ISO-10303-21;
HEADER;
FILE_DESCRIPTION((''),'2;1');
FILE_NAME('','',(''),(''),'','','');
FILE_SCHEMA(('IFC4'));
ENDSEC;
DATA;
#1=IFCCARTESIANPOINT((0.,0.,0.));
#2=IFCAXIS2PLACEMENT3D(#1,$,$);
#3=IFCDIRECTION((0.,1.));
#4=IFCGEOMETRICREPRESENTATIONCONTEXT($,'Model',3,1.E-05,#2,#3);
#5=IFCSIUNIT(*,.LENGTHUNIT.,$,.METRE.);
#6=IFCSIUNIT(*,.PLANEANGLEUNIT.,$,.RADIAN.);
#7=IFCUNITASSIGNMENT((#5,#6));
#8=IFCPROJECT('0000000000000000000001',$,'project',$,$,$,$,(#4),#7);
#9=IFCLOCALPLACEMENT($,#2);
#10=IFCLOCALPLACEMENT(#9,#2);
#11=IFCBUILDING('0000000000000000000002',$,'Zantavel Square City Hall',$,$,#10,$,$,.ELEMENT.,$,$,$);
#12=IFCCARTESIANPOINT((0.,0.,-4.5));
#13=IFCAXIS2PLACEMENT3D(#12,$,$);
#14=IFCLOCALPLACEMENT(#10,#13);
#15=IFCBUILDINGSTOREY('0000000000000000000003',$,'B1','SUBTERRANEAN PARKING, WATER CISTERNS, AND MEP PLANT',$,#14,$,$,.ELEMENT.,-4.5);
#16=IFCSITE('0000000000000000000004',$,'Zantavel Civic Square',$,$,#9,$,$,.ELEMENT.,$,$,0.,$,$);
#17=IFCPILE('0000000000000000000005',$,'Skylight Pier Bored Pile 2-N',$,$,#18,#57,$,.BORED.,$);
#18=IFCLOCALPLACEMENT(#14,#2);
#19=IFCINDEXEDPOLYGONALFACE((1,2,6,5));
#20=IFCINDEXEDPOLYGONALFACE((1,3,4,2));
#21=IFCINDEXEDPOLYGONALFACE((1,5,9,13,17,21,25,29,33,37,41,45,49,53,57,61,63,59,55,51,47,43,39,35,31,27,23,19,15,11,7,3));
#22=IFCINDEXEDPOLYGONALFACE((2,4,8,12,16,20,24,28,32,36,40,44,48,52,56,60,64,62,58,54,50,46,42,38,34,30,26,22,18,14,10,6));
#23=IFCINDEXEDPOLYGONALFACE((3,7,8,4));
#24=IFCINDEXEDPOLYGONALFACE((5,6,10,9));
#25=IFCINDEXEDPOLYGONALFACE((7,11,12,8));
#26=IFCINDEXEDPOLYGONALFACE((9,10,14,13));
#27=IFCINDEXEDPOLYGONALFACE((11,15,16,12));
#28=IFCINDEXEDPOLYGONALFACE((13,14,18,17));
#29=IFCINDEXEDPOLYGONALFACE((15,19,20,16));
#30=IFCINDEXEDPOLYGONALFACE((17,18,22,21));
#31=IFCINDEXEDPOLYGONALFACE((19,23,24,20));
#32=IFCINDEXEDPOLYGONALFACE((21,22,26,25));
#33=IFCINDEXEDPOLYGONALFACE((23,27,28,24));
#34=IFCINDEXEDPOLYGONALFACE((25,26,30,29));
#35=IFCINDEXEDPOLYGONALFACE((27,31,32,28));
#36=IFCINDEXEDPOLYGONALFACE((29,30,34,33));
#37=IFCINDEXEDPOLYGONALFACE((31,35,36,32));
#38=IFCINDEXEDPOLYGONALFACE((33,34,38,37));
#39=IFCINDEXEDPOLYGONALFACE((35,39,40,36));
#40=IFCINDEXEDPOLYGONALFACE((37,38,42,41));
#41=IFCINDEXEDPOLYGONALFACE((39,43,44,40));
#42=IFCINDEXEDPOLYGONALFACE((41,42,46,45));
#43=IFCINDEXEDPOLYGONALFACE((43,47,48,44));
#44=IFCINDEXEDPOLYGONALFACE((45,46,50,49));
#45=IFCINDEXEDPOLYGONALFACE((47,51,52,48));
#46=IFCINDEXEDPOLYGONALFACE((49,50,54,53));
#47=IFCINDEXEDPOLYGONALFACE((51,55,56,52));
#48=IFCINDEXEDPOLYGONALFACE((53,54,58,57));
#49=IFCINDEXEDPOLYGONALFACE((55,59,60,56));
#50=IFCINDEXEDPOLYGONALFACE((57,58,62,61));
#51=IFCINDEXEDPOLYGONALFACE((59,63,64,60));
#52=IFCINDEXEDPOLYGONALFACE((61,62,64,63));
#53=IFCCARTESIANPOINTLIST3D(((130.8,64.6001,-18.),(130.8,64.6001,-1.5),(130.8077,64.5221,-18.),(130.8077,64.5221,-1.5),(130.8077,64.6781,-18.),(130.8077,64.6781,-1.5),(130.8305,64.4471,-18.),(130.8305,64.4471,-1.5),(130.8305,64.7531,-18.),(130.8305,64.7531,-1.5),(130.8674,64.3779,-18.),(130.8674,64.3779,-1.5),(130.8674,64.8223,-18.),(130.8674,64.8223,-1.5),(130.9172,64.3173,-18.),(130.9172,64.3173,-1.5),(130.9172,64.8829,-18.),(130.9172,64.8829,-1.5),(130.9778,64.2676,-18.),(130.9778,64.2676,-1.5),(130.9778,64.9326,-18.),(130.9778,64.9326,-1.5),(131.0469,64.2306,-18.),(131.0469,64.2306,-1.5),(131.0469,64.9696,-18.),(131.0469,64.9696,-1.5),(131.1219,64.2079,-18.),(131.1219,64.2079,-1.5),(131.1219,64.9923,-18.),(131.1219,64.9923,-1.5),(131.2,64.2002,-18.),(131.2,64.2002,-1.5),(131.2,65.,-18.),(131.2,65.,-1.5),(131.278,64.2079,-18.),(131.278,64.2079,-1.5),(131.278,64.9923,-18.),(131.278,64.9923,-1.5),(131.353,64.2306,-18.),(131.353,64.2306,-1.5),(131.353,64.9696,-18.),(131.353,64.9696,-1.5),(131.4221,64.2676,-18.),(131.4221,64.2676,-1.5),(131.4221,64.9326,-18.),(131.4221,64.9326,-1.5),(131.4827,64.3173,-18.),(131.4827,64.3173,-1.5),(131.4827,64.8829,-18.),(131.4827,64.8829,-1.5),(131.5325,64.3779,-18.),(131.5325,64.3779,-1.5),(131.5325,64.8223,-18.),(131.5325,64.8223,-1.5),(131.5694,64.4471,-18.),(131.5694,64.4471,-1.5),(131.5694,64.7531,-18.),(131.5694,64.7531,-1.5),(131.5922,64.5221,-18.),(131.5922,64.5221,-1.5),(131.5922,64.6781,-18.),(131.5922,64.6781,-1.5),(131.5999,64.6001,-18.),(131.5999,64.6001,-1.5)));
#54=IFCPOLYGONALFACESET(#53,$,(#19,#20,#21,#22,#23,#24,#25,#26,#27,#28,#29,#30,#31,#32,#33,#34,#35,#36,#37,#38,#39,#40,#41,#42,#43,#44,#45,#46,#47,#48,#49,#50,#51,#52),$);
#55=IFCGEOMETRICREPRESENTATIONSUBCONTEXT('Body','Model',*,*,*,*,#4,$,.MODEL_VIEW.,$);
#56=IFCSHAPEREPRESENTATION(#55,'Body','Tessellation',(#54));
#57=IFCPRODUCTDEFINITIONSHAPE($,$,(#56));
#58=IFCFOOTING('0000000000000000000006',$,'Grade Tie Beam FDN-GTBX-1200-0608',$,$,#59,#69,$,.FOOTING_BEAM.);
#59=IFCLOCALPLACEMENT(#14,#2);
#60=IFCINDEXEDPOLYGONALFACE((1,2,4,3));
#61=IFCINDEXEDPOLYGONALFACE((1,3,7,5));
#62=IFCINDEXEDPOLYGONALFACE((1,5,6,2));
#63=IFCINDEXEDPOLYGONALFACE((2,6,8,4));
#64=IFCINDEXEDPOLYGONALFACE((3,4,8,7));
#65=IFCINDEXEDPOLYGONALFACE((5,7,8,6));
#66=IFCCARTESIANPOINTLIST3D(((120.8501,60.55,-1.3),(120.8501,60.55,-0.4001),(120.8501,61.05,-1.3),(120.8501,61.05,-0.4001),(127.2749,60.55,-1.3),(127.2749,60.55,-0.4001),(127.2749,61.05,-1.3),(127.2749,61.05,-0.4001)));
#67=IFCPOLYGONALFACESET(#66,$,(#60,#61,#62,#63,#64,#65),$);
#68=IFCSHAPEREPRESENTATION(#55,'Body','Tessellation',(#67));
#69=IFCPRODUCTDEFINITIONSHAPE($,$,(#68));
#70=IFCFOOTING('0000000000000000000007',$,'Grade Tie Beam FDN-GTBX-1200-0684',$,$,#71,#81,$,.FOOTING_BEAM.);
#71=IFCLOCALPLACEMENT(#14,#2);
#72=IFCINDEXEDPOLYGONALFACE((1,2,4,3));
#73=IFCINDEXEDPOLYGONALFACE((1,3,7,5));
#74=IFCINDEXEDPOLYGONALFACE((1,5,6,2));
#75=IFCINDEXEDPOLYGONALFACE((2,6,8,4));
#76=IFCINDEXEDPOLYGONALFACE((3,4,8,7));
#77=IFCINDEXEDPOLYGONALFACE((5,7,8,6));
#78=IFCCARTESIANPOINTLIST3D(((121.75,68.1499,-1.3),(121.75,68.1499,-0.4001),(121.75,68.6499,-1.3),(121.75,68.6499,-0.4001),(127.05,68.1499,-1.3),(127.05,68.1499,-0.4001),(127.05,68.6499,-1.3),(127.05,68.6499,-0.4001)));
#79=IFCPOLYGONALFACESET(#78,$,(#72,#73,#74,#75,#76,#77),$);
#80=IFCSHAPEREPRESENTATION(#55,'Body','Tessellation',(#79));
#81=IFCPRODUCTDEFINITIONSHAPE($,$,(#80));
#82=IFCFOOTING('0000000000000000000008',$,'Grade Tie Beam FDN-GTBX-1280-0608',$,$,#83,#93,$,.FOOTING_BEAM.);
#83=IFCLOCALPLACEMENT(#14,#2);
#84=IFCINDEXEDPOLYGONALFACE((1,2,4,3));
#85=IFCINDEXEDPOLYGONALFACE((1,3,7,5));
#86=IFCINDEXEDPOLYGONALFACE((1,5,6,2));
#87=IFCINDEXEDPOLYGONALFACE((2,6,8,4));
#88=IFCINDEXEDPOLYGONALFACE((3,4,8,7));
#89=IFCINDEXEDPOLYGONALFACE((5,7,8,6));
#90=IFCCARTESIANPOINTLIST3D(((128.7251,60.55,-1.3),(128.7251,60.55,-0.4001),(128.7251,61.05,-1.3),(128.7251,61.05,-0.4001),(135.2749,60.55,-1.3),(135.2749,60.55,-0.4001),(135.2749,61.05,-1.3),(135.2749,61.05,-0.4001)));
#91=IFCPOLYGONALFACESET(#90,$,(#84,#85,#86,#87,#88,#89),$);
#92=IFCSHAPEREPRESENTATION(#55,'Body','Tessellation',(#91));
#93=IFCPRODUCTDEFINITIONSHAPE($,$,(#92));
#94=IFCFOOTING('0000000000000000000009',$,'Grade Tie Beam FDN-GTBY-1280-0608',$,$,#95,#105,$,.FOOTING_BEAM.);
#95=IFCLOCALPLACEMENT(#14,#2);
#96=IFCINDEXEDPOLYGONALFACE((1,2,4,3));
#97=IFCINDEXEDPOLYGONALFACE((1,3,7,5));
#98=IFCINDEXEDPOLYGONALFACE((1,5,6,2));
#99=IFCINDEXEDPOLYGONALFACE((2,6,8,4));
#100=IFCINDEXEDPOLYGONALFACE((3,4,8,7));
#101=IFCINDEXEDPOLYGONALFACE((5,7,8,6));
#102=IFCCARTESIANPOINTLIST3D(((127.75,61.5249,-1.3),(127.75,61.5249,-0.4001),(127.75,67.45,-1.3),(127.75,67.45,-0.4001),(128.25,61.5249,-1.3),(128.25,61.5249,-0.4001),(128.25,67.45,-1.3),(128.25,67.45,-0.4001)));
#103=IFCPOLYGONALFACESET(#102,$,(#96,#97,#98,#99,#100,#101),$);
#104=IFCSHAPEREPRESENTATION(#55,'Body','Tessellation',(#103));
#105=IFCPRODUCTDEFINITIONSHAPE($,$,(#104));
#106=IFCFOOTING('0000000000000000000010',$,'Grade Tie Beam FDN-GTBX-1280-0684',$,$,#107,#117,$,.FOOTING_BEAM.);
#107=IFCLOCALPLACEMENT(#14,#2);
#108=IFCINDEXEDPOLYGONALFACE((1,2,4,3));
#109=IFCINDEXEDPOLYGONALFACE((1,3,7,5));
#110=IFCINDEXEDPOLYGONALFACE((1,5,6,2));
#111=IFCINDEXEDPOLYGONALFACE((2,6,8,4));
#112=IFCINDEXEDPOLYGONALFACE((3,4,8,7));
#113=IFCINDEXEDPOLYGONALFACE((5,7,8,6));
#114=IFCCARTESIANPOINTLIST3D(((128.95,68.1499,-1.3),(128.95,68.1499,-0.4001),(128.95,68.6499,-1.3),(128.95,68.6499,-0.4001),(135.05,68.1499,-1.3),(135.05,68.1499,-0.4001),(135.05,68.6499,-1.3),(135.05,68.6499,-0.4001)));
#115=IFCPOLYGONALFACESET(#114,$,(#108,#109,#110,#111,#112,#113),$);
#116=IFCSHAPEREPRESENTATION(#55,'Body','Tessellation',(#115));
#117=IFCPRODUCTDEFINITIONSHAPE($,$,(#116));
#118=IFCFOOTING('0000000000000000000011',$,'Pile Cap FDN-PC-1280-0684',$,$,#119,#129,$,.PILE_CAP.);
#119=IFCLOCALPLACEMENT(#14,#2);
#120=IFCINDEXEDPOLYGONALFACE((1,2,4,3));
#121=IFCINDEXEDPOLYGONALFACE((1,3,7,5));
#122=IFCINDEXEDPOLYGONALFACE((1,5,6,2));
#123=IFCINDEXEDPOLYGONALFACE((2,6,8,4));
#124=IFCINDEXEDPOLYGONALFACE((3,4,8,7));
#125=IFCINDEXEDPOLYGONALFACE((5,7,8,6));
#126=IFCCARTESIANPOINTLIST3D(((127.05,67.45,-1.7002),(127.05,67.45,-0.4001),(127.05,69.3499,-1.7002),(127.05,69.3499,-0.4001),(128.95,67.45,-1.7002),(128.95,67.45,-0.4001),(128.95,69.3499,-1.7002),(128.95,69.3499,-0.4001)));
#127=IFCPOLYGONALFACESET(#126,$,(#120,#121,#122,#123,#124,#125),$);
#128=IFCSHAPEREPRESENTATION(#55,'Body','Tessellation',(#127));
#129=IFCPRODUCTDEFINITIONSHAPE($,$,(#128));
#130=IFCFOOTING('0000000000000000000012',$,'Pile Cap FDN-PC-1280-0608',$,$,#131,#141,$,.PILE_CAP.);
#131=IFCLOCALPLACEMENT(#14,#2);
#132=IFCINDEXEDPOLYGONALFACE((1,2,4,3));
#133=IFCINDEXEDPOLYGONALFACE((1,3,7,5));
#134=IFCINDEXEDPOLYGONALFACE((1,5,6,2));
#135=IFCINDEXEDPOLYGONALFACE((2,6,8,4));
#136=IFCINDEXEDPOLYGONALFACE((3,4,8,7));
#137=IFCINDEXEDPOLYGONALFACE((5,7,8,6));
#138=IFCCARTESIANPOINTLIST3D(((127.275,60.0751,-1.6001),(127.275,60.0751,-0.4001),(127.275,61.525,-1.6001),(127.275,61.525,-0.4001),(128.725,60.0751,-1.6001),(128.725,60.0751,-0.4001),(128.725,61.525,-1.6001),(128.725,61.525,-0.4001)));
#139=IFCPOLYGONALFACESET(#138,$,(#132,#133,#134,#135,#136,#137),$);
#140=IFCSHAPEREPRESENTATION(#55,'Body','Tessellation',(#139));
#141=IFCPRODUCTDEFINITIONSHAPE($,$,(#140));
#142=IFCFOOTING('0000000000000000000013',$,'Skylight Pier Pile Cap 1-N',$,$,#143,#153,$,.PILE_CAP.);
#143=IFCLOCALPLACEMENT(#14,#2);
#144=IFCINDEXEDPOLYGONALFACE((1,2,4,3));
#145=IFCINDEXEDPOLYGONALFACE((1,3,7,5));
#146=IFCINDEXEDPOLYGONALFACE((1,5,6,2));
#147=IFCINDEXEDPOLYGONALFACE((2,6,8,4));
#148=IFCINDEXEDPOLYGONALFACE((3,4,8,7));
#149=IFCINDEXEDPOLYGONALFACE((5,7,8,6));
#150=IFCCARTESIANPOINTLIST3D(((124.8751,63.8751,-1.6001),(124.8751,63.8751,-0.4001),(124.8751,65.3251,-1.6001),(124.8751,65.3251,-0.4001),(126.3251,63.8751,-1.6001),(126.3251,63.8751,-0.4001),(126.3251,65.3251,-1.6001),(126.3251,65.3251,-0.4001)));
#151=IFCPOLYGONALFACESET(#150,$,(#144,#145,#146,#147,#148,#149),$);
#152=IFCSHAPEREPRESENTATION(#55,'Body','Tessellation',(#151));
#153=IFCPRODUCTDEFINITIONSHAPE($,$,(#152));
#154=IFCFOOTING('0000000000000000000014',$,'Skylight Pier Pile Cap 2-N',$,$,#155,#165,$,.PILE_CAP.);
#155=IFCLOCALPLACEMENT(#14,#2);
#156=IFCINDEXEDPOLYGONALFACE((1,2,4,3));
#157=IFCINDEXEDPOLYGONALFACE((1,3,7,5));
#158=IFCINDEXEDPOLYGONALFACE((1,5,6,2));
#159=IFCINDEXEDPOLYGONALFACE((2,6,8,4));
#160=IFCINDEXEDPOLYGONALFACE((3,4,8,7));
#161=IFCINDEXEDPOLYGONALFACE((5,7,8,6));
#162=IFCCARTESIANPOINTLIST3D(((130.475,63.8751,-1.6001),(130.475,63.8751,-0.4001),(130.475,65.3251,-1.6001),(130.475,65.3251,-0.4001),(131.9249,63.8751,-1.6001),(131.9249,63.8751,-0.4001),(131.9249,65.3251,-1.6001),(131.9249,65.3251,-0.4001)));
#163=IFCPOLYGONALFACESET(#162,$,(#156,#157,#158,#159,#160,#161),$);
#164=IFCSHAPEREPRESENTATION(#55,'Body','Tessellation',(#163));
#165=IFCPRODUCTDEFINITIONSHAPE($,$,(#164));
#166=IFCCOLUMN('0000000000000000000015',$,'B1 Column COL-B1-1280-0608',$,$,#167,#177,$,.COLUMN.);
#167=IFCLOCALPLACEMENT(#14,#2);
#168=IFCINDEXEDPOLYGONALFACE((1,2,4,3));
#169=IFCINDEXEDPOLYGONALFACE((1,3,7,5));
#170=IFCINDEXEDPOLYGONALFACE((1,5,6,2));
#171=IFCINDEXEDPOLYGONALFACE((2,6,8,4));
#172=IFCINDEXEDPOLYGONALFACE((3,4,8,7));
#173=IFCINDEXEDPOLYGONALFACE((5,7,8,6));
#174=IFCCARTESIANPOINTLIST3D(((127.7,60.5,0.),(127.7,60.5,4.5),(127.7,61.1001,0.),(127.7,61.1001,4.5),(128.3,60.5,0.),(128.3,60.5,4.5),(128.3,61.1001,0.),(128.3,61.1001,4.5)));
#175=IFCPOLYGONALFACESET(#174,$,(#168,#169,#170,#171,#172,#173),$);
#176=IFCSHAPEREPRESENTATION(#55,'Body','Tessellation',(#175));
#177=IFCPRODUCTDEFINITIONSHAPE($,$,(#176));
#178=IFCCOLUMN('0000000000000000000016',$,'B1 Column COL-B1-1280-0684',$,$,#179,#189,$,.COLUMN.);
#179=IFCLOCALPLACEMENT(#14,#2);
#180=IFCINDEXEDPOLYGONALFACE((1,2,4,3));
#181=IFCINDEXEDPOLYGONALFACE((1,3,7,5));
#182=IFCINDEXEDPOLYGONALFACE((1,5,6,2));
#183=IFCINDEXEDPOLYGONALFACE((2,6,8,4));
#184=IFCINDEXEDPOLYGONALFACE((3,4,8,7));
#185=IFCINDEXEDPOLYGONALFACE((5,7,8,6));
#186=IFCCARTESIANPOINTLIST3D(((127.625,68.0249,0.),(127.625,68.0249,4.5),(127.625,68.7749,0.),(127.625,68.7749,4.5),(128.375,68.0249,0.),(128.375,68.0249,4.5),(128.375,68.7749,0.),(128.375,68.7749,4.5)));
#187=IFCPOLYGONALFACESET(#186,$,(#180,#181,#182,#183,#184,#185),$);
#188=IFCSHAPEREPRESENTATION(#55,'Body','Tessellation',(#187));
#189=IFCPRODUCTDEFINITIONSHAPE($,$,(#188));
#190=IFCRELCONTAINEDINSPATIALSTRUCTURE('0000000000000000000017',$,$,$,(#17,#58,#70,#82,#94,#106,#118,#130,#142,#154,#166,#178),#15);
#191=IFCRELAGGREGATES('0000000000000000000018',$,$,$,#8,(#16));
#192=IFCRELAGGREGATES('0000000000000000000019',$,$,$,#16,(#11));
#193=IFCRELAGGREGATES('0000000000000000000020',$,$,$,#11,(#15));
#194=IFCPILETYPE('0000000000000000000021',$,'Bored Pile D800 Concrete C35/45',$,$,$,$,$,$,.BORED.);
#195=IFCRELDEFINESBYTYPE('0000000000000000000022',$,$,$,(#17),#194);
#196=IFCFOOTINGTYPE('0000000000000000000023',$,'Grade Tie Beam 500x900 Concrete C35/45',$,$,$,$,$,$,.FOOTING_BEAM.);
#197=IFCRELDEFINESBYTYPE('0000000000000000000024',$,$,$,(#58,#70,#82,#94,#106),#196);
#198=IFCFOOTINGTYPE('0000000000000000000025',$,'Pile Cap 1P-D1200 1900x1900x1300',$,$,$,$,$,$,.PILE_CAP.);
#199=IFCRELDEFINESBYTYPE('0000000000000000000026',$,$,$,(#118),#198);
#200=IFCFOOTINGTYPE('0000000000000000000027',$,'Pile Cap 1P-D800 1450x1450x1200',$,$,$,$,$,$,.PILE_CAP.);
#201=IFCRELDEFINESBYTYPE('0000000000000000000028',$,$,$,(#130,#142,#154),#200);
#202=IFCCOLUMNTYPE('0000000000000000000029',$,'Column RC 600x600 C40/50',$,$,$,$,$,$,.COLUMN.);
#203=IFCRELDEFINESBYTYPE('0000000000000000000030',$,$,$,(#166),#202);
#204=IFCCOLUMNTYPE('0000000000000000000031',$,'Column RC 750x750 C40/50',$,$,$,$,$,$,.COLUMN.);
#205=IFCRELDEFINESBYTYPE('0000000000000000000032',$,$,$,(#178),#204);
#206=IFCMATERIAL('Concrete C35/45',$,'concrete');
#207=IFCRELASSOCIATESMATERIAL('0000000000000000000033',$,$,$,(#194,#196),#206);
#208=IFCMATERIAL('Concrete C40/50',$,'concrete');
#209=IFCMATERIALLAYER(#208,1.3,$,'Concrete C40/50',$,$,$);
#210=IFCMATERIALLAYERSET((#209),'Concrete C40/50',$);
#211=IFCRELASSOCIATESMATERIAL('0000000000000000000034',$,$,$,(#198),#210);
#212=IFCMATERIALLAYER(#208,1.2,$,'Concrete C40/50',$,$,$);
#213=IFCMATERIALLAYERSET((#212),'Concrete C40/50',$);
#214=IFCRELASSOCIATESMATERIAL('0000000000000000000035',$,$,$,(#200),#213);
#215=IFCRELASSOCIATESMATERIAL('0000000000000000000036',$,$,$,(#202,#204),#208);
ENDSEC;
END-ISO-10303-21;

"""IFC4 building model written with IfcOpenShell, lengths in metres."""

from ifc_helpers import new_model, si_unit, direction, frame, origin, origin_2d, place, context, subcontext, project, spatial, rectangle, circle, extrude, material, layer, layer_set, material_profile, profile_set, type_object, element, save


model = new_model("IFC4")

# Units and contexts
model_context = context("Model", 3, precision=1e-05, world=origin(), true_north=direction((0.0, 1.0)))
body_context = subcontext(model_context, "Body", "Model", "MODEL_VIEW")
ifc_project = project(units=[si_unit("LENGTHUNIT", "METRE"), si_unit("PLANEANGLEUNIT", "RADIAN")], contexts=[model_context])

# Site, building, storey
site_placement = place(None, origin())
site = spatial("IfcSite", under=ifc_project, at=site_placement, Name="Zantavel Civic Square", CompositionType="ELEMENT", RefElevation=0.0)
building_placement = place(site_placement, origin())
building = spatial("IfcBuilding", under=site, at=building_placement, Name="Zantavel Square City Hall", CompositionType="ELEMENT")
storey_placement = place(building_placement, frame((0.0, 0.0, -4.5)))
storey = spatial("IfcBuildingStorey", under=building, at=storey_placement, Name="B1", Description="SUBTERRANEAN PARKING, WATER CISTERNS, AND MEP PLANT", CompositionType="ELEMENT", Elevation=-4.5)

# Pile
ifc_material_1 = material(Name="Concrete C35/45", Category="concrete")
ifc_material_profile_1 = material_profile(ifc_material_1, circle(Radius=0.3999, at=origin_2d()), Name="PILE D800")
ifc_profile_set_1 = profile_set([ifc_material_profile_1], Name="Concrete C35/45")
pile_type_1 = type_object("IfcPileType", Name="Bored Pile D800 Concrete C35/45", PredefinedType="BORED", material=ifc_profile_set_1)
for number, where, z_axis, x_axis, name in (
    (1, (131.2, 64.6001, -1.5), (0.0, 0.0, -1.0), (1.0, 0.0, 0.0), "Skylight Pier Bored Pile 2-N"),
):
    element("IfcPile", number, at=place(storey_placement, frame(where, z_axis=z_axis, x_axis=x_axis)), inside=storey, type_object=pile_type_1, Name=name, PredefinedType="BORED", context=body_context, shape_type="SweptSolid", body=[
        extrude(circle(Radius=0.3999, at=origin_2d()), origin(), (0.0, 0.0, 1.0), 16.5),
    ])

# Footings
ifc_material_profile_2 = material_profile(ifc_material_1, rectangle(XDim=0.5, YDim=0.8999, at=origin_2d()), Name="RC 500x900")
ifc_profile_set_2 = profile_set([ifc_material_profile_2], Name="Concrete C35/45")
footing_type_1 = type_object("IfcFootingType", Name="Grade Tie Beam 500x900 Concrete C35/45", PredefinedType="FOOTING_BEAM", material=ifc_profile_set_2)
footing_1_placement = place(storey_placement, frame((120.8501, 60.8, -0.8501), z_axis=(1.0, 0.0, 0.0), x_axis=(0.0, 1.0, 0.0)))
element("IfcFooting", 2, at=footing_1_placement, inside=storey, type_object=footing_type_1, Name="Grade Tie Beam FDN-GTBX-1200-0608", PredefinedType="FOOTING_BEAM", context=body_context, shape_type="SweptSolid", body=[
    extrude(rectangle(XDim=0.5, YDim=0.8999, at=origin_2d()), origin(), (0.0, 0.0, 1.0), 6.4248),
])
footing_2_placement = place(storey_placement, frame((121.75, 68.3999, -0.8501), z_axis=(1.0, 0.0, 0.0), x_axis=(0.0, 1.0, 0.0)))
element("IfcFooting", 3, at=footing_2_placement, inside=storey, type_object=footing_type_1, Name="Grade Tie Beam FDN-GTBX-1200-0684", PredefinedType="FOOTING_BEAM", context=body_context, shape_type="SweptSolid", body=[
    extrude(rectangle(XDim=0.5, YDim=0.8999, at=origin_2d()), origin(), (0.0, 0.0, 1.0), 5.3),
])
footing_3_placement = place(storey_placement, frame((128.7251, 60.8, -0.8501), z_axis=(1.0, 0.0, 0.0), x_axis=(0.0, 1.0, 0.0)))
element("IfcFooting", 4, at=footing_3_placement, inside=storey, type_object=footing_type_1, Name="Grade Tie Beam FDN-GTBX-1280-0608", PredefinedType="FOOTING_BEAM", context=body_context, shape_type="SweptSolid", body=[
    extrude(rectangle(XDim=0.5, YDim=0.8999, at=origin_2d()), origin(), (0.0, 0.0, 1.0), 6.5498),
])
footing_4_placement = place(storey_placement, frame((128.0, 61.5249, -0.8501), z_axis=(0.0, 1.0, 0.0), x_axis=(-1.0, 0.0, 0.0)))
element("IfcFooting", 5, at=footing_4_placement, inside=storey, type_object=footing_type_1, Name="Grade Tie Beam FDN-GTBY-1280-0608", PredefinedType="FOOTING_BEAM", context=body_context, shape_type="SweptSolid", body=[
    extrude(rectangle(XDim=0.5, YDim=0.8999, at=origin_2d()), origin(), (0.0, 0.0, 1.0), 5.925),
])
footing_5_placement = place(storey_placement, frame((128.95, 68.3999, -0.8501), z_axis=(1.0, 0.0, 0.0), x_axis=(0.0, 1.0, 0.0)))
element("IfcFooting", 6, at=footing_5_placement, inside=storey, type_object=footing_type_1, Name="Grade Tie Beam FDN-GTBX-1280-0684", PredefinedType="FOOTING_BEAM", context=body_context, shape_type="SweptSolid", body=[
    extrude(rectangle(XDim=0.5, YDim=0.8999, at=origin_2d()), origin(), (0.0, 0.0, 1.0), 6.1001),
])
ifc_material_2 = material(Name="Concrete C40/50", Category="concrete")
ifc_layer_1 = layer(ifc_material_2, 1.3, Name="Concrete C40/50")
ifc_layer_set_1 = layer_set([ifc_layer_1], Name="Concrete C40/50")
footing_type_2 = type_object("IfcFootingType", Name="Pile Cap 1P-D1200 1900x1900x1300", PredefinedType="PILE_CAP", material=ifc_layer_set_1)
footing_6_placement = place(storey_placement, frame((128.0, 68.3999, -1.7002), z_axis=(0.0, 0.0, 1.0), x_axis=(1.0, 0.0, 0.0)))
element("IfcFooting", 7, at=footing_6_placement, inside=storey, type_object=footing_type_2, Name="Pile Cap FDN-PC-1280-0684", PredefinedType="PILE_CAP", context=body_context, shape_type="SweptSolid", body=[
    extrude(rectangle(XDim=1.8999, YDim=1.8999, at=origin_2d()), origin(), (0.0, 0.0, 1.0), 1.3),
])
ifc_layer_2 = layer(ifc_material_2, 1.2, Name="Concrete C40/50")
ifc_layer_set_2 = layer_set([ifc_layer_2], Name="Concrete C40/50")
footing_type_3 = type_object("IfcFootingType", Name="Pile Cap 1P-D800 1450x1450x1200", PredefinedType="PILE_CAP", material=ifc_layer_set_2)
for number, where, z_axis, x_axis, name in (
    (8, (128.0, 60.8, -1.6001), (0.0, 0.0, 1.0), (1.0, 0.0, 0.0), "Pile Cap FDN-PC-1280-0608"),
    (9, (125.6001, 64.6001, -1.6001), (0.0, 0.0, 1.0), (1.0, 0.0, 0.0), "Skylight Pier Pile Cap 1-N"),
    (10, (131.2, 64.6001, -1.6001), (0.0, 0.0, 1.0), (1.0, 0.0, 0.0), "Skylight Pier Pile Cap 2-N"),
):
    element("IfcFooting", number, at=place(storey_placement, frame(where, z_axis=z_axis, x_axis=x_axis)), inside=storey, type_object=footing_type_3, Name=name, PredefinedType="PILE_CAP", context=body_context, shape_type="SweptSolid", body=[
        extrude(rectangle(XDim=1.45, YDim=1.45, at=origin_2d()), origin(), (0.0, 0.0, 1.0), 1.2),
    ])

# Columns
ifc_material_profile_3 = material_profile(ifc_material_2, rectangle(XDim=0.6001, YDim=0.6001, at=origin_2d()), Name="RC 600x600")
ifc_profile_set_3 = profile_set([ifc_material_profile_3], Name="Concrete C40/50")
column_type_1 = type_object("IfcColumnType", Name="Column RC 600x600 C40/50", PredefinedType="COLUMN", material=ifc_profile_set_3)
column_1_placement = place(storey_placement, frame((128.0, 60.8, 0.0), z_axis=(0.0, 0.0, 1.0), x_axis=(1.0, 0.0, 0.0)))
element("IfcColumn", 11, at=column_1_placement, inside=storey, type_object=column_type_1, Name="B1 Column COL-B1-1280-0608", PredefinedType="COLUMN", context=body_context, shape_type="SweptSolid", body=[
    extrude(rectangle(XDim=0.6001, YDim=0.6001, at=origin_2d()), origin(), (0.0, 0.0, 1.0), 4.5),
])
ifc_material_profile_4 = material_profile(ifc_material_2, rectangle(XDim=0.75, YDim=0.75, at=origin_2d()), Name="RC 750x750")
ifc_profile_set_4 = profile_set([ifc_material_profile_4], Name="Concrete C40/50")
column_type_2 = type_object("IfcColumnType", Name="Column RC 750x750 C40/50", PredefinedType="COLUMN", material=ifc_profile_set_4)
column_2_placement = place(storey_placement, frame((128.0, 68.3999, 0.0), z_axis=(0.0, 0.0, 1.0), x_axis=(1.0, 0.0, 0.0)))
element("IfcColumn", 12, at=column_2_placement, inside=storey, type_object=column_type_2, Name="B1 Column COL-B1-1280-0684", PredefinedType="COLUMN", context=body_context, shape_type="SweptSolid", body=[
    extrude(rectangle(XDim=0.75, YDim=0.75, at=origin_2d()), origin(), (0.0, 0.0, 1.0), 4.5),
])

save(model, "model.ifc")
